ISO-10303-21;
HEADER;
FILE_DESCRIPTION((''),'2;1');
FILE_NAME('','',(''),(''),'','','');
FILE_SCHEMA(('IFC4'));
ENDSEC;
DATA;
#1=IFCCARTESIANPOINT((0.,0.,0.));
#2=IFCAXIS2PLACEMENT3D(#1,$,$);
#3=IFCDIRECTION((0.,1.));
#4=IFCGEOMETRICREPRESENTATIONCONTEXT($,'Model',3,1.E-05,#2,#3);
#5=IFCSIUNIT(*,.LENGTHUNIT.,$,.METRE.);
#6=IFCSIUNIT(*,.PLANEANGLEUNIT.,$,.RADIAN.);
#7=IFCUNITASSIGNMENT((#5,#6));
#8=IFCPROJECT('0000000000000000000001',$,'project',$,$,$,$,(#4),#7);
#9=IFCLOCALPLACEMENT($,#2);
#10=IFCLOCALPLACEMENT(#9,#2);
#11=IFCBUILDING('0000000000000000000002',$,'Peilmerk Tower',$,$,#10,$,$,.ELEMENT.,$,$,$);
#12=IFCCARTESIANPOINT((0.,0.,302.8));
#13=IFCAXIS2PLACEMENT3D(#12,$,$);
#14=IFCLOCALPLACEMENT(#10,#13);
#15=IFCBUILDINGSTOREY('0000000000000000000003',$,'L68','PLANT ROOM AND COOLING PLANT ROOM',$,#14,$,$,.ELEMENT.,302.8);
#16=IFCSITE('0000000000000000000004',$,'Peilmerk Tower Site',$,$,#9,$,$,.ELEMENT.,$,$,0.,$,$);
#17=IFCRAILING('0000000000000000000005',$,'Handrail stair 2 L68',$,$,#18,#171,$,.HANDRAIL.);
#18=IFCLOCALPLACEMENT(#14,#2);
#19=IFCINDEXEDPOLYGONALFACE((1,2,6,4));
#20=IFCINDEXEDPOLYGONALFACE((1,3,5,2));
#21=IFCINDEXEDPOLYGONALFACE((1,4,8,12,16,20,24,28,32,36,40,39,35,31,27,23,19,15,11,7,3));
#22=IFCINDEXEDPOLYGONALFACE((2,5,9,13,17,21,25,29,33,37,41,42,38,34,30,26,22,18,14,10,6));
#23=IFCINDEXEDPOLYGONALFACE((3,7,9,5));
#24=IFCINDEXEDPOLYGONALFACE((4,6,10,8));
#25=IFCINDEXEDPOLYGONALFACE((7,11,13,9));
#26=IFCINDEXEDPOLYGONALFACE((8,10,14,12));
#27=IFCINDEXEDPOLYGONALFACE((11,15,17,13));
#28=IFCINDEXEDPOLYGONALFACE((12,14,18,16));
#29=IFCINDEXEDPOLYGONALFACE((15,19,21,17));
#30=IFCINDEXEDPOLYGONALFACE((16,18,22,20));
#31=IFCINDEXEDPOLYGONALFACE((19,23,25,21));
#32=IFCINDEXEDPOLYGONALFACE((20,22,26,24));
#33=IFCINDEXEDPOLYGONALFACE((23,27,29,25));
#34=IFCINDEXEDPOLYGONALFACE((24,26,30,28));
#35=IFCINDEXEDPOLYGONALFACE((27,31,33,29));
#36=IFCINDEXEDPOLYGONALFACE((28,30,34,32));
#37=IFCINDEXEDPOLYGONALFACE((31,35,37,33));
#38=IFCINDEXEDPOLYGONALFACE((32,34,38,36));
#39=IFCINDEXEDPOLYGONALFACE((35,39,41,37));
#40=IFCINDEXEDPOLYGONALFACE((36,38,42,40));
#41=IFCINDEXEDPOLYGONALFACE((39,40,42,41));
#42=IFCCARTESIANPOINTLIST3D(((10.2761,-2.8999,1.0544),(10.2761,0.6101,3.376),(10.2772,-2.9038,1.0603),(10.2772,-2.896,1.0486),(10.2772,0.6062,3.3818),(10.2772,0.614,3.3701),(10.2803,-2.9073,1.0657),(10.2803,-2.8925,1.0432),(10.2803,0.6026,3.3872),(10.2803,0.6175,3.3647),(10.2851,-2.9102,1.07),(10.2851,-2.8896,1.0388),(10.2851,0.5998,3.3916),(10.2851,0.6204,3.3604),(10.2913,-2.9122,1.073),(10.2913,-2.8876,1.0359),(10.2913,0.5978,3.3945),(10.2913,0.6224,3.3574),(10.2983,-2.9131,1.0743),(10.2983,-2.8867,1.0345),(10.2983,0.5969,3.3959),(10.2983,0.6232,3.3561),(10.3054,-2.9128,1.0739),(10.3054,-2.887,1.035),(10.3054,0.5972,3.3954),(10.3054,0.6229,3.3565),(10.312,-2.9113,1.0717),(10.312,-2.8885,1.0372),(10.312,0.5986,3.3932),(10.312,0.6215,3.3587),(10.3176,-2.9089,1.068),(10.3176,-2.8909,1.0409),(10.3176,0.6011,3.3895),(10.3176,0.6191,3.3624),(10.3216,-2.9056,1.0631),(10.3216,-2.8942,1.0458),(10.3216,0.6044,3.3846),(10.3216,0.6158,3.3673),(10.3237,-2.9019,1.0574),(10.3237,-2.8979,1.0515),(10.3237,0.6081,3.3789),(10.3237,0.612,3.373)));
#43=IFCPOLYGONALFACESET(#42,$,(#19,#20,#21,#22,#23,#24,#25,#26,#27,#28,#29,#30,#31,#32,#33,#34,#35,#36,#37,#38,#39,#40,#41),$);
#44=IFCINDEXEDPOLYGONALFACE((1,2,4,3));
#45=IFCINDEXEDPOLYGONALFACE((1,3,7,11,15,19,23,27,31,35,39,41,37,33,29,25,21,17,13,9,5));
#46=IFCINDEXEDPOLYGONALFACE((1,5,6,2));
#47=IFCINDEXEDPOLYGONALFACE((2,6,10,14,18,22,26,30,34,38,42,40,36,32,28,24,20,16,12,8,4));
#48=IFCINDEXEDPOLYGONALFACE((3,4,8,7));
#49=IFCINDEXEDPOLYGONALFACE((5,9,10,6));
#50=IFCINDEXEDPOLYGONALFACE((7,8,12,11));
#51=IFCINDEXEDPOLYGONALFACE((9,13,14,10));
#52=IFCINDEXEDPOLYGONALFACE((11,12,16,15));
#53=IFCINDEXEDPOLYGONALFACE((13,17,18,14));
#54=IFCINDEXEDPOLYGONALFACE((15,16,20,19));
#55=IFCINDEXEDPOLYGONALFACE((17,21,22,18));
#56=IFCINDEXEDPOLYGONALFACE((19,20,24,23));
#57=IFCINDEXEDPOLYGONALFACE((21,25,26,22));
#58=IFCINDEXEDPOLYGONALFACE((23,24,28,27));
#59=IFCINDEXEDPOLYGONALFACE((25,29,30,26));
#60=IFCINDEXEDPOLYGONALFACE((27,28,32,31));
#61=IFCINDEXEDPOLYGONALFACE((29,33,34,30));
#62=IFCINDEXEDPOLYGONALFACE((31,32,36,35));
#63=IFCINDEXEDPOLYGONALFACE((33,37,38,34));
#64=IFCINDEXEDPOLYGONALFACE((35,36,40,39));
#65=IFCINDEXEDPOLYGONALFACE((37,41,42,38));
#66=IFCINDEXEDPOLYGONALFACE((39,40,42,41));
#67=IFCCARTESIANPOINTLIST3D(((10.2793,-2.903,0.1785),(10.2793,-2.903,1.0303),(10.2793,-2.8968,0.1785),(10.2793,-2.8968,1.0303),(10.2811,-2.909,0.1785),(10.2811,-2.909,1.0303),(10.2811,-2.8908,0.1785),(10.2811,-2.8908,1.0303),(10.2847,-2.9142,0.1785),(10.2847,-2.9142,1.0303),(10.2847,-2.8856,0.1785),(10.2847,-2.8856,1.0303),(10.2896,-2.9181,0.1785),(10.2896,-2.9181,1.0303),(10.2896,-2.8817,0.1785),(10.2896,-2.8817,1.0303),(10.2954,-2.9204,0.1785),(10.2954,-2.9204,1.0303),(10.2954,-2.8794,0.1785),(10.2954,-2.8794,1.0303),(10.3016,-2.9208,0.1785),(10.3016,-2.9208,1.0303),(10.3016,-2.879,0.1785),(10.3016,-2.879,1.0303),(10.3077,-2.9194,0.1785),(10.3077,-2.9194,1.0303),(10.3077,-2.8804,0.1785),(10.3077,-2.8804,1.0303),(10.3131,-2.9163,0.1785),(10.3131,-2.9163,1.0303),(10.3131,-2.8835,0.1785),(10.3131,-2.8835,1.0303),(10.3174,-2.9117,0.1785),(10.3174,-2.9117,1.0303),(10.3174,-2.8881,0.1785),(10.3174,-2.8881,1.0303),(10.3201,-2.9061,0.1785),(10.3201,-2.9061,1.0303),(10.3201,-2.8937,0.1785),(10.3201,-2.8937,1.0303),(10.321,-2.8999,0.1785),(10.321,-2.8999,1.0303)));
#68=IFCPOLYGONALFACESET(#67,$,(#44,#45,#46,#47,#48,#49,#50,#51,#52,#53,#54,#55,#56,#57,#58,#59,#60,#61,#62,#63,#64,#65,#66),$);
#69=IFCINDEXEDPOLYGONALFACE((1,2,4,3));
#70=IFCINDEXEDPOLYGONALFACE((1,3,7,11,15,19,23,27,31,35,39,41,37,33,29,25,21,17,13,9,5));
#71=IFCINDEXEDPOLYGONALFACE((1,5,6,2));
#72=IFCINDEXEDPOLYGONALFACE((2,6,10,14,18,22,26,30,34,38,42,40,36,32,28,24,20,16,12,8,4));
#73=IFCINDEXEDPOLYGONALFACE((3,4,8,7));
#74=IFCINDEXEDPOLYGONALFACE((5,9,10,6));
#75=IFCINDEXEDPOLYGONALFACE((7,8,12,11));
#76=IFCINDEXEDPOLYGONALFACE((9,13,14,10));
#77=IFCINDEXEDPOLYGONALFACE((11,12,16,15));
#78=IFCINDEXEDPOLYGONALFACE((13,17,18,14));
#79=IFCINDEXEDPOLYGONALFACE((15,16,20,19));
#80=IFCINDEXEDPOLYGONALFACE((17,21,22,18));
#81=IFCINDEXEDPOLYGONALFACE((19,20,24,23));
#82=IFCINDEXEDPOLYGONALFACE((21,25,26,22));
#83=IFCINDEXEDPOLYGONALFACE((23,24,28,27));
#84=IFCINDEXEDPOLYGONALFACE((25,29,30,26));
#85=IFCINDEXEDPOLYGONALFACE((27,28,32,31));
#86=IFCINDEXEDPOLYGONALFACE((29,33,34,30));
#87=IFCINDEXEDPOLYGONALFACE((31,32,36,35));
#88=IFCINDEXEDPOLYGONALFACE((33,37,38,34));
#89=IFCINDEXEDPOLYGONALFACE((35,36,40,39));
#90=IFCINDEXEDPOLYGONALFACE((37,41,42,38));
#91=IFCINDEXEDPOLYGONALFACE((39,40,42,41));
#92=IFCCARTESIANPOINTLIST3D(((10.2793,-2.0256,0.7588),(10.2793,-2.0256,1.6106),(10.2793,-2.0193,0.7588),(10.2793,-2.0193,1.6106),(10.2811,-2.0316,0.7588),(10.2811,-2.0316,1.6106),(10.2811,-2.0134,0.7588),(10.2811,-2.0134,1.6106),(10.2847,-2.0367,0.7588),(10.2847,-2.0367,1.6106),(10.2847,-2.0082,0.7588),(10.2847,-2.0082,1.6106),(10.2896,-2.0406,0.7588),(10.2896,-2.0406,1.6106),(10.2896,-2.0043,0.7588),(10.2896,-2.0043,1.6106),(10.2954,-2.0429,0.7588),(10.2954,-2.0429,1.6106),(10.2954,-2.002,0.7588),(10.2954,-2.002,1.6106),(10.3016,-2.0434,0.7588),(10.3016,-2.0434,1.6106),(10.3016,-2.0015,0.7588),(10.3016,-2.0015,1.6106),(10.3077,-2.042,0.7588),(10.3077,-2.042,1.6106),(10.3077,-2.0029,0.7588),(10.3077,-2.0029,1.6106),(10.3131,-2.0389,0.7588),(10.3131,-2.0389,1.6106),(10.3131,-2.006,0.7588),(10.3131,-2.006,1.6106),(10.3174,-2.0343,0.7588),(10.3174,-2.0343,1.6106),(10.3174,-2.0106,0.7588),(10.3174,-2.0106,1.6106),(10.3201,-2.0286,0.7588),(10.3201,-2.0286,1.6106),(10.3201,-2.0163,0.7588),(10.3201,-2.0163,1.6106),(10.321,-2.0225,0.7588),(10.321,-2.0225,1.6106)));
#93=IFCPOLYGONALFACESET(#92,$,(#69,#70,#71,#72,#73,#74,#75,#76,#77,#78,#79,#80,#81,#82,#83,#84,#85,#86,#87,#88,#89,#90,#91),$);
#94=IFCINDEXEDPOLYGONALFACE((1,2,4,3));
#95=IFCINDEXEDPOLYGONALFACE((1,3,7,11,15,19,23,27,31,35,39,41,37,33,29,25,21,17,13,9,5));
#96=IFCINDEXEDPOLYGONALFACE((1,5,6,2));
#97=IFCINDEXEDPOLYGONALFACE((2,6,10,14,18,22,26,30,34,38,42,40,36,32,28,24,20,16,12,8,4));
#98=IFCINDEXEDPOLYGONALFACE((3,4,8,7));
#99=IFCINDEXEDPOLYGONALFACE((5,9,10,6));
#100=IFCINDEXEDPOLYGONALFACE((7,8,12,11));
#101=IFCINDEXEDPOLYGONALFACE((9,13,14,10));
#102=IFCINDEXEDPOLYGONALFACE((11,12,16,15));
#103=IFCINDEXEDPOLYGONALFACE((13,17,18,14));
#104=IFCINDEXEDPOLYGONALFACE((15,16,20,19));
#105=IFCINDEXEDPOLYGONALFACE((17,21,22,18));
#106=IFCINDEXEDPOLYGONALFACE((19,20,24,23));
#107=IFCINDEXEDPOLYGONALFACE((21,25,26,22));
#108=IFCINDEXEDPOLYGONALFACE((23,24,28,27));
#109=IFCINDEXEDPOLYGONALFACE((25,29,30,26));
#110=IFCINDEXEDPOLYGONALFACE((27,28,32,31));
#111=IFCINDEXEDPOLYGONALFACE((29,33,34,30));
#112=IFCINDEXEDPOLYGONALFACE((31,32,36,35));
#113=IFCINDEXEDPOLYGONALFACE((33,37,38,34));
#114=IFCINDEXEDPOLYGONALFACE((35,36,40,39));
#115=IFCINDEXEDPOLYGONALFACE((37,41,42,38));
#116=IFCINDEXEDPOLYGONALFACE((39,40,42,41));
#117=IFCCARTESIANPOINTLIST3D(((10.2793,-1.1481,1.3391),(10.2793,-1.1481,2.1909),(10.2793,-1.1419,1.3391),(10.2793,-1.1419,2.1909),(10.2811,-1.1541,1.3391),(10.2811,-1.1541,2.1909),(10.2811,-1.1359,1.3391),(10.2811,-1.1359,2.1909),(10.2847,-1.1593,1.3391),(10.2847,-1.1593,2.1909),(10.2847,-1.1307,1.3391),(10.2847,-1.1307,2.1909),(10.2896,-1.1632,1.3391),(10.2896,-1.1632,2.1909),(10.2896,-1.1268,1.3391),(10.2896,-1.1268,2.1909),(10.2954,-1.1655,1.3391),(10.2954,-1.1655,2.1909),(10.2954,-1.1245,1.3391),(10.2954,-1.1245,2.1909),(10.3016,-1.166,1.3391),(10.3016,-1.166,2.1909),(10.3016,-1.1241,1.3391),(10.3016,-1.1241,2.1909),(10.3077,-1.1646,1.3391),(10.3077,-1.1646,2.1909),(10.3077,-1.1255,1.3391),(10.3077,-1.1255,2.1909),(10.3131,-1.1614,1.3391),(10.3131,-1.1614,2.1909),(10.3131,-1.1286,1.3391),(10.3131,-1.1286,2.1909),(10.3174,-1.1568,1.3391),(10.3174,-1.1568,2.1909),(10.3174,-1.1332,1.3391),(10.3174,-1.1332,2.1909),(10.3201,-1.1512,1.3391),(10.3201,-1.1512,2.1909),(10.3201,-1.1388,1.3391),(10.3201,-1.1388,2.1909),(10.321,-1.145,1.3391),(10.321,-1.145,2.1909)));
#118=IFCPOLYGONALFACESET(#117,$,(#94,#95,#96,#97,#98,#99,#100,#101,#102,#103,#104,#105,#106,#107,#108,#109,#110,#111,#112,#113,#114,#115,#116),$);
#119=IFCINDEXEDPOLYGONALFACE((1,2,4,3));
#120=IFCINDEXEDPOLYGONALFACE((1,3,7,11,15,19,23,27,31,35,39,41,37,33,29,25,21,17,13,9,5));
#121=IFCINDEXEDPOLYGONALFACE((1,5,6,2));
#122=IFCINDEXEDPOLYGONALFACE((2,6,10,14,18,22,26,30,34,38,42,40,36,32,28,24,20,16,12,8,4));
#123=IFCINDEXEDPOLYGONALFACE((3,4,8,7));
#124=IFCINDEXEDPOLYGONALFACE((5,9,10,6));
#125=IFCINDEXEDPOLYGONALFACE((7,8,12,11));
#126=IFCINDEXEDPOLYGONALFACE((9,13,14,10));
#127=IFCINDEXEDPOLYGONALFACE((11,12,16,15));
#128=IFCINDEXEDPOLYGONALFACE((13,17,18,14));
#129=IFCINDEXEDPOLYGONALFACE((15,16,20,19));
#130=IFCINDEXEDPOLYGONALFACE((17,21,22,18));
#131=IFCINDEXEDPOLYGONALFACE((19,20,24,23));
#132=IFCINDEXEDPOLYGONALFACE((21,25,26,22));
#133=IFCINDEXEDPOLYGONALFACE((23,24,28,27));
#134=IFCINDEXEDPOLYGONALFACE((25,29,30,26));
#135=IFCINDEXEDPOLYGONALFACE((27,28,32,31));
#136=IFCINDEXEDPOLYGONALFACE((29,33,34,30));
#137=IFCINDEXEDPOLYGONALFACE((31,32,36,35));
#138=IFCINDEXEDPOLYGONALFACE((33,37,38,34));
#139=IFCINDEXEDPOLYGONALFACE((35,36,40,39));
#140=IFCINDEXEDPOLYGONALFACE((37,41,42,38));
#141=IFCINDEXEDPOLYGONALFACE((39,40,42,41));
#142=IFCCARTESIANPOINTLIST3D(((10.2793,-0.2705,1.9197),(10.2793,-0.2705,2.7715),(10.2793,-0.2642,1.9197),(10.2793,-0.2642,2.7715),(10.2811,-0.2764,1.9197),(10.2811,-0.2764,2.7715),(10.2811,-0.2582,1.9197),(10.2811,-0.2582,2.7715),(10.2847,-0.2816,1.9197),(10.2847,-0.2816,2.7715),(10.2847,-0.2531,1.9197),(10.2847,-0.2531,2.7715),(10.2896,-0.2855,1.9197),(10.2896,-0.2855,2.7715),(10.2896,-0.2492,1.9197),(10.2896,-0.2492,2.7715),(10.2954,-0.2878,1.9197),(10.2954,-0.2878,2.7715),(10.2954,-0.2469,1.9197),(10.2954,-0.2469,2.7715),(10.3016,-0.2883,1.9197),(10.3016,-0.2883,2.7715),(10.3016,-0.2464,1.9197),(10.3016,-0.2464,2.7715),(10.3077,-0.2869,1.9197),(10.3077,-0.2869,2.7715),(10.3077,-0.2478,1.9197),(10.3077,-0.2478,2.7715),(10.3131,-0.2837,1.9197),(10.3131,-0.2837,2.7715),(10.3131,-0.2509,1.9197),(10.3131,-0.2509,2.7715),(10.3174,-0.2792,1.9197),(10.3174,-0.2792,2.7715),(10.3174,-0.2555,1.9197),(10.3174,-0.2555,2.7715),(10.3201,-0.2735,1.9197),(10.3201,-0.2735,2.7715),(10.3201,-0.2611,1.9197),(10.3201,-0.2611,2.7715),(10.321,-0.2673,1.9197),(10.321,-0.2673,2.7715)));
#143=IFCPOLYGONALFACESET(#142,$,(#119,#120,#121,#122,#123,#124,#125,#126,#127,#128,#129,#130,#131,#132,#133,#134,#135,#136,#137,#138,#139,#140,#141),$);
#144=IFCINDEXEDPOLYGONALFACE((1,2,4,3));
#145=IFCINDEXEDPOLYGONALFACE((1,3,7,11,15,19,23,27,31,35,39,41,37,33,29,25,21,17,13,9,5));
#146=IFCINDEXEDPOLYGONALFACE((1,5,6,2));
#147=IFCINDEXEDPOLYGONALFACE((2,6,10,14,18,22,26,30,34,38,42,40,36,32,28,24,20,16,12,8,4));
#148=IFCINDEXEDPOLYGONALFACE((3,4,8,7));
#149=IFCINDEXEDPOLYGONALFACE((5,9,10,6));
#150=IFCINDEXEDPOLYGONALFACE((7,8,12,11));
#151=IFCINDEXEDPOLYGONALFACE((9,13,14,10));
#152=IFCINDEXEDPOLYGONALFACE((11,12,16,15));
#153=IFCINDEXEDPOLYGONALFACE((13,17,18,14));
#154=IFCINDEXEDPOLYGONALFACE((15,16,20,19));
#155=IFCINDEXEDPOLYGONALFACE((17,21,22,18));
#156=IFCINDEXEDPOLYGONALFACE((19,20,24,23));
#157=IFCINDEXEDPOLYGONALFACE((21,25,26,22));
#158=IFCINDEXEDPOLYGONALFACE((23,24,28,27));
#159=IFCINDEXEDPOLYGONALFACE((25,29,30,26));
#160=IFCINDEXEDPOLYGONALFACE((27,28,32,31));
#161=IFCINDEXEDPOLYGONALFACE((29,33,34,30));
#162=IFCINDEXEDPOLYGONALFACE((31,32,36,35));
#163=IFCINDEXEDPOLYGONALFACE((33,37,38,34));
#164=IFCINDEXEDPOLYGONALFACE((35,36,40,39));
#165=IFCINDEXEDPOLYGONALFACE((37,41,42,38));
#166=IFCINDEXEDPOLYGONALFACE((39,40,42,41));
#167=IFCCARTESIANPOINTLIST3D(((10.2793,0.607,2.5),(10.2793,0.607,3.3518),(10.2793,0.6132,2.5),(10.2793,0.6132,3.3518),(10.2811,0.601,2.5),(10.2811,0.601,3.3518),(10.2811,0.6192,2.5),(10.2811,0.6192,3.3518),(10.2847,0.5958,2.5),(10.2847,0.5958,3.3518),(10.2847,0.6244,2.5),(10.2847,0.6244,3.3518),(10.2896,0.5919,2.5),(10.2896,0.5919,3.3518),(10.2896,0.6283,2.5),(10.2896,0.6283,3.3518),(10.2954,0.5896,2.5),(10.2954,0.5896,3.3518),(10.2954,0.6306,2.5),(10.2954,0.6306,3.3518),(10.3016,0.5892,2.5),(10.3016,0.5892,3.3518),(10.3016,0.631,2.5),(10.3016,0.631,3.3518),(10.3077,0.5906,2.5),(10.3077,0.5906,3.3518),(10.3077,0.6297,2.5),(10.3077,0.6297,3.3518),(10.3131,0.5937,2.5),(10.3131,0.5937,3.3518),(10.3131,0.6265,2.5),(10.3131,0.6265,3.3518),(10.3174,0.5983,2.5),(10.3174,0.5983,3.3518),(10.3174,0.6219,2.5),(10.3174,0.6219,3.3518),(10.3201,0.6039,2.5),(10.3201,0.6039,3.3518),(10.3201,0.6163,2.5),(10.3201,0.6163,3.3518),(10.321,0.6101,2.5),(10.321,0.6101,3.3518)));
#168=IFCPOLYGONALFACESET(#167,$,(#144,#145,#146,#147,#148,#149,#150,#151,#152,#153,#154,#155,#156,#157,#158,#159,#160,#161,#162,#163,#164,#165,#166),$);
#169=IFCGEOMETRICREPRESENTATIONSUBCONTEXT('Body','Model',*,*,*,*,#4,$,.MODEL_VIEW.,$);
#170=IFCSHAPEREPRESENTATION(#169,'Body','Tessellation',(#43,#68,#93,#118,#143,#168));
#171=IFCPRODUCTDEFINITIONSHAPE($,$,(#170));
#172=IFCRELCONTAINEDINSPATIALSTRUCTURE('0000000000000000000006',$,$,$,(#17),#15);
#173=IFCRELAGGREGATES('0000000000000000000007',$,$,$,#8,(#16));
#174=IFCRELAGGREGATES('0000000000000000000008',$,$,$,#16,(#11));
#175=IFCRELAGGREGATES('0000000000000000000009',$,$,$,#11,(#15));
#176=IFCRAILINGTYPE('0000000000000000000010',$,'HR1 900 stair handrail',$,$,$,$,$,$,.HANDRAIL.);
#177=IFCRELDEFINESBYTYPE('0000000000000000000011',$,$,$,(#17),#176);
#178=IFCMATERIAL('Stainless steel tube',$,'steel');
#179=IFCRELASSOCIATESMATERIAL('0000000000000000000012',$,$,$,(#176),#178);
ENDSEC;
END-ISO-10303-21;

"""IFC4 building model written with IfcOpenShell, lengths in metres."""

from ifc_helpers import new_model, si_unit, direction, frame, origin, origin_2d, place, context, subcontext, project, spatial, circle, extrude, material, type_object, element, save


model = new_model("IFC4")

# Units and contexts
model_context = context("Model", 3, precision=1e-05, world=origin(), true_north=direction((0.0, 1.0)))
body_context = subcontext(model_context, "Body", "Model", "MODEL_VIEW")
ifc_project = project(units=[si_unit("LENGTHUNIT", "METRE"), si_unit("PLANEANGLEUNIT", "RADIAN")], contexts=[model_context])

# Site, building, storey
site_placement = place(None, origin())
site = spatial("IfcSite", under=ifc_project, at=site_placement, Name="Peilmerk Tower Site", CompositionType="ELEMENT", RefElevation=0.0)
building_placement = place(site_placement, origin())
building = spatial("IfcBuilding", under=site, at=building_placement, Name="Peilmerk Tower", CompositionType="ELEMENT")
storey_placement = place(building_placement, frame((0.0, 0.0, 302.8)))
storey = spatial("IfcBuildingStorey", under=building, at=storey_placement, Name="L68", Description="PLANT ROOM AND COOLING PLANT ROOM", CompositionType="ELEMENT", Elevation=302.8)

# Railing
ifc_material_1 = material(Name="Stainless steel tube", Category="steel")
railing_type_1 = type_object("IfcRailingType", Name="HR1 900 stair handrail", PredefinedType="HANDRAIL", material=ifc_material_1)
railing_1_placement = place(storey_placement, frame((10.3, -2.8999, 0.1785)))
element("IfcRailing", 1, at=railing_1_placement, inside=storey, type_object=railing_type_1, Name="Handrail stair 2 L68", PredefinedType="HANDRAIL", context=body_context, shape_type="SweptSolid", body=[
    extrude(circle(Radius=0.0239, at=origin_2d()), frame((0.0, 0.0, 0.876), z_axis=(0.0, 0.834071, 0.551657), x_axis=(-1.0, 0.0, 0.0)), (0.0, 0.0, 1.0), 4.2083),
    extrude(circle(Radius=0.021, at=origin_2d()), origin(), (0.0, 0.0, 1.0), 0.8518),
    extrude(circle(Radius=0.021, at=origin_2d()), frame((0.0, 0.8774, 0.5803)), (0.0, 0.0, 1.0), 0.8518),
    extrude(circle(Radius=0.021, at=origin_2d()), frame((0.0, 1.7549, 1.1606)), (0.0, 0.0, 1.0), 0.8518),
    extrude(circle(Radius=0.021, at=origin_2d()), frame((0.0, 2.6326, 1.7412)), (0.0, 0.0, 1.0), 0.8518),
    extrude(circle(Radius=0.021, at=origin_2d()), frame((0.0, 3.51, 2.3215)), (0.0, 0.0, 1.0), 0.8518),
])

save(model, "model.ifc")
